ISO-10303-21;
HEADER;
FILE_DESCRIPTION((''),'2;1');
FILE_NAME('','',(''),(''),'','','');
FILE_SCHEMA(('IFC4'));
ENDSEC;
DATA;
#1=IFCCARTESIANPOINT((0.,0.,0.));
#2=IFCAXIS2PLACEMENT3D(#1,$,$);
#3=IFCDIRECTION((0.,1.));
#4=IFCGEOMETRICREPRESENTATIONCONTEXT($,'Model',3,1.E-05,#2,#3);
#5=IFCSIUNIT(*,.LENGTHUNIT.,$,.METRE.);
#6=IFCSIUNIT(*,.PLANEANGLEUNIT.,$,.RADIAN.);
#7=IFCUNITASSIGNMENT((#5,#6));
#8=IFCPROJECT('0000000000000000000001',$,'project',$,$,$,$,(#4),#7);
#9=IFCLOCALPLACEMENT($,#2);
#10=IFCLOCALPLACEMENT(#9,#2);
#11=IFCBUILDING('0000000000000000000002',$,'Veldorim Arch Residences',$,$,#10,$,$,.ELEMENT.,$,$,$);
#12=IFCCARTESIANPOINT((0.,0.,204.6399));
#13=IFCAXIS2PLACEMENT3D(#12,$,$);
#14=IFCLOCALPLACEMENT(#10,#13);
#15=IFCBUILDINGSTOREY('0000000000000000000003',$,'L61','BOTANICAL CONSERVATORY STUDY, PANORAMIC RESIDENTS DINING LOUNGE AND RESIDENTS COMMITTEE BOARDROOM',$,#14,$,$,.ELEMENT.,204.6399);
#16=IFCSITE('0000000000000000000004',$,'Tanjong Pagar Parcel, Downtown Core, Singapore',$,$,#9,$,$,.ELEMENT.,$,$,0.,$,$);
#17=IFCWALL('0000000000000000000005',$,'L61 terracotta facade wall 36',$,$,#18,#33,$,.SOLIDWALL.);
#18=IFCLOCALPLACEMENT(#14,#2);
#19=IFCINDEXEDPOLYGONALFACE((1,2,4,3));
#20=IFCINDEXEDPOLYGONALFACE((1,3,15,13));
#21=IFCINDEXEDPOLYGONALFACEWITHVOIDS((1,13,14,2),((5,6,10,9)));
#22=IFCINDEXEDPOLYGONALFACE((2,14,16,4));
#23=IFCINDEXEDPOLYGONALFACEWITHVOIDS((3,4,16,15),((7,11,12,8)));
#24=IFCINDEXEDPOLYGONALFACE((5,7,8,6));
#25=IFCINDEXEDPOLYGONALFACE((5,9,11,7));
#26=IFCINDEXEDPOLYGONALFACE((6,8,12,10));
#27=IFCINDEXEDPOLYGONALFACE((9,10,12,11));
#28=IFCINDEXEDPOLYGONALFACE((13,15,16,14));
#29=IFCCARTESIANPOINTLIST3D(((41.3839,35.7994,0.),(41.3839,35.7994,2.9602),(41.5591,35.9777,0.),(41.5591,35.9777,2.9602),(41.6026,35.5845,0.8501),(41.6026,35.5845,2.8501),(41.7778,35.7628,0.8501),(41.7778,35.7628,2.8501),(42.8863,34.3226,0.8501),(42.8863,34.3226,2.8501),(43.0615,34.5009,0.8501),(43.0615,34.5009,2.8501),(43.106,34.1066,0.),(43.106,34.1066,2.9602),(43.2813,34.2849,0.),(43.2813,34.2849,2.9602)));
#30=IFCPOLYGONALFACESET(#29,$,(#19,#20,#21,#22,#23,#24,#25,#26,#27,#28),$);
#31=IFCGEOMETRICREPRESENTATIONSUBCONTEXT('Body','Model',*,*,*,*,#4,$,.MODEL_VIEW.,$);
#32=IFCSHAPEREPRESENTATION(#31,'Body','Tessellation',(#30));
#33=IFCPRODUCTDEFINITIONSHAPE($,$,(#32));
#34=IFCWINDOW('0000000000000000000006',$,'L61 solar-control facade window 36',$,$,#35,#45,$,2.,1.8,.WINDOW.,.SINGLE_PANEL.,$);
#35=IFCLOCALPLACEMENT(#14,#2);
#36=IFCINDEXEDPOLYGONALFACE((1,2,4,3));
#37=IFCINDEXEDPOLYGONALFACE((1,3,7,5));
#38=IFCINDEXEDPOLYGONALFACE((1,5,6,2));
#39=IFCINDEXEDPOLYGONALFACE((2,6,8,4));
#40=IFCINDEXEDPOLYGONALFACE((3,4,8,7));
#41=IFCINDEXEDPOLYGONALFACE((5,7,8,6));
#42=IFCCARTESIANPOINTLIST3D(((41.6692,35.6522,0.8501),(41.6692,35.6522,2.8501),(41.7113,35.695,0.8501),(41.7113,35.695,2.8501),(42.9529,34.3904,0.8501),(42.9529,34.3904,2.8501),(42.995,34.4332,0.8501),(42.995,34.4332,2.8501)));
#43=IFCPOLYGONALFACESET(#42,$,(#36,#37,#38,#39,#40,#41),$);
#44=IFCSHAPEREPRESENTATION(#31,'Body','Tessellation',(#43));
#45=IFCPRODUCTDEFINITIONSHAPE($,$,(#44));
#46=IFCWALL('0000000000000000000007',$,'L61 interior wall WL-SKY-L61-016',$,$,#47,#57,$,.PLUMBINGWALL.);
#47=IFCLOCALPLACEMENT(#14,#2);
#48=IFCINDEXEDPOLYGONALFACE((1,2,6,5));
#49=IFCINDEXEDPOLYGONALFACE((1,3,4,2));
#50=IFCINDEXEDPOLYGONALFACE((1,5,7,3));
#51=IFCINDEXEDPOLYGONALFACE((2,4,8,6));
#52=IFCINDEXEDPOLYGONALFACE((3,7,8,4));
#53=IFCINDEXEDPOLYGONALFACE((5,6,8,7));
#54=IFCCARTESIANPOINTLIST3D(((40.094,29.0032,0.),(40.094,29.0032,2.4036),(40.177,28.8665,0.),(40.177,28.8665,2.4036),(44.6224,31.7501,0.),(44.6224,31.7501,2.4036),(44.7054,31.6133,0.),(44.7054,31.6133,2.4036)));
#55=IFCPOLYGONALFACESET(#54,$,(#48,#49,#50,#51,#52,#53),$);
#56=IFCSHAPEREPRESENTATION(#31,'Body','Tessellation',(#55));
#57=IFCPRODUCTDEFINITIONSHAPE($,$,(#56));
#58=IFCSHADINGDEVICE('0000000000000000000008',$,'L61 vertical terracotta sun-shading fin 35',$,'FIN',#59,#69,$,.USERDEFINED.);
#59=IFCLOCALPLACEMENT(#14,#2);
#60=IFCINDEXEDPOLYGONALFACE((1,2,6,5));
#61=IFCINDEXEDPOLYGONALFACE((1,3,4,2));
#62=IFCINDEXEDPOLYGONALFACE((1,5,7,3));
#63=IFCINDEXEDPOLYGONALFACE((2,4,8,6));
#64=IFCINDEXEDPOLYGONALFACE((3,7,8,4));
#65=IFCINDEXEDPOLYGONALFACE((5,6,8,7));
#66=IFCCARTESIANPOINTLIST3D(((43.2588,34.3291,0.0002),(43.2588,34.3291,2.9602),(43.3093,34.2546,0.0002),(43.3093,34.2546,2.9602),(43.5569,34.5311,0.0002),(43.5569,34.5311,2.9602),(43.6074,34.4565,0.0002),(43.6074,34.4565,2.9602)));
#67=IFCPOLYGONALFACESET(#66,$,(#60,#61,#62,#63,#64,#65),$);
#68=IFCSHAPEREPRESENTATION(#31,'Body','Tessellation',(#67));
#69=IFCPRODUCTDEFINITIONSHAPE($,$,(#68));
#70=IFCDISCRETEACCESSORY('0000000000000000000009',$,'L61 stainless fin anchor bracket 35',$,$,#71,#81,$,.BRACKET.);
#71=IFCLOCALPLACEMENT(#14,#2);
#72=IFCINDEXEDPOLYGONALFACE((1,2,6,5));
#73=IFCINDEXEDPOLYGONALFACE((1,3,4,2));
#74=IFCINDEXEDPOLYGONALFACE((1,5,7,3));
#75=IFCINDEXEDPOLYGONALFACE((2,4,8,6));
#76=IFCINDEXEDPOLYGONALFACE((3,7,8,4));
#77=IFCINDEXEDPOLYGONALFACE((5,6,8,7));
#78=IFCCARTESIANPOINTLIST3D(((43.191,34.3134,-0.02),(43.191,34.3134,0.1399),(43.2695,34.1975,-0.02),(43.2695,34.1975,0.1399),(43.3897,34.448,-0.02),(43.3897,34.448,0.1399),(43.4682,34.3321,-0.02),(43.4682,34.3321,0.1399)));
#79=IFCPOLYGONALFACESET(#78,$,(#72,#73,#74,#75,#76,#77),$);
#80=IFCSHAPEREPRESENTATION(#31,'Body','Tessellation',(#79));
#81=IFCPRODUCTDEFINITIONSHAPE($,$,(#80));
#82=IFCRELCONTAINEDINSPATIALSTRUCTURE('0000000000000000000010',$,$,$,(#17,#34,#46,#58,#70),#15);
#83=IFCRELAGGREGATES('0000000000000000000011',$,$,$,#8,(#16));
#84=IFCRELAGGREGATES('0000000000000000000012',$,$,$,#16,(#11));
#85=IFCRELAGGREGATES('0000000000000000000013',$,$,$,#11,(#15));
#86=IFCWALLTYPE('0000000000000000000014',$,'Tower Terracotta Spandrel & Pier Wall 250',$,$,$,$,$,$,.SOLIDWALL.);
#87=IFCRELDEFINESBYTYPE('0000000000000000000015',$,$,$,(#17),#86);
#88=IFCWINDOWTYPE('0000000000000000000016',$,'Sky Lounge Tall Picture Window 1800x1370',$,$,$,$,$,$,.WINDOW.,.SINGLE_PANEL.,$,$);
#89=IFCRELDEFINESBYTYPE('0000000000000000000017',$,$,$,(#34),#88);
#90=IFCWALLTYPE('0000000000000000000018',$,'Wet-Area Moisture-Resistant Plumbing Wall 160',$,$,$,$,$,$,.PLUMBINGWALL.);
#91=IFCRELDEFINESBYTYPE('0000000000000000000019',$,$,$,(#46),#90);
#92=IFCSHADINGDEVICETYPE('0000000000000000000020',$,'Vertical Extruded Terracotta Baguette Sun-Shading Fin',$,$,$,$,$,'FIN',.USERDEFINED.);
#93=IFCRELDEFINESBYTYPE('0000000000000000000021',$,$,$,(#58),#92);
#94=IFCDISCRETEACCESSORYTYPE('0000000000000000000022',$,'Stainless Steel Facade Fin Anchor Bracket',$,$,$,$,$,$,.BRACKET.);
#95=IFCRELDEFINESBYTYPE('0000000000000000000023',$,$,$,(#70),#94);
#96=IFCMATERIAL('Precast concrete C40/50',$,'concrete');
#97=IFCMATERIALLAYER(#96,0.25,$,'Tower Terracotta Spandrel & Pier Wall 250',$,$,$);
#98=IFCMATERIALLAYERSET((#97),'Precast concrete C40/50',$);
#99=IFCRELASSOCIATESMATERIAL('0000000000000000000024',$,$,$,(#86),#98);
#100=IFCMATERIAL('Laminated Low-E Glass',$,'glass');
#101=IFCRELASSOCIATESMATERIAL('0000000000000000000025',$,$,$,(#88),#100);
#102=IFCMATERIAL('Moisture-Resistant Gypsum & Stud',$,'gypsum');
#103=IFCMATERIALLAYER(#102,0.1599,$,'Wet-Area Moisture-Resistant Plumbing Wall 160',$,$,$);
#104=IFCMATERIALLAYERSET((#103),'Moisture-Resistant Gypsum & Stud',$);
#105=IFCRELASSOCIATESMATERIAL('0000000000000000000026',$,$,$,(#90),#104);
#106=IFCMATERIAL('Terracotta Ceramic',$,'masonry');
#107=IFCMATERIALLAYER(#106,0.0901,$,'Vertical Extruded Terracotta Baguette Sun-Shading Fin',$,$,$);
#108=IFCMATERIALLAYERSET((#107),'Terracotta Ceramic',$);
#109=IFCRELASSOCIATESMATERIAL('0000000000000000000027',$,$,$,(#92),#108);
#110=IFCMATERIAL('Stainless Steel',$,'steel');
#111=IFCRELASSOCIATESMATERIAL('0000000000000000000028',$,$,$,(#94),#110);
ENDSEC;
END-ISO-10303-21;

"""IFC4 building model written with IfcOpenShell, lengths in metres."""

from ifc_helpers import new_model, si_unit, direction, frame, frame_2d, origin, origin_2d, place, context, subcontext, project, spatial, rectangle, extrude, material, layer, layer_set, type_object, element, fill, save


model = new_model("IFC4")

# Units and contexts
model_context = context("Model", 3, precision=1e-05, world=origin(), true_north=direction((0.0, 1.0)))
body_context = subcontext(model_context, "Body", "Model", "MODEL_VIEW")
ifc_project = project(units=[si_unit("LENGTHUNIT", "METRE"), si_unit("PLANEANGLEUNIT", "RADIAN")], contexts=[model_context])

# Site, building, storey
site_placement = place(None, origin())
site = spatial("IfcSite", under=ifc_project, at=site_placement, Name="Tanjong Pagar Parcel, Downtown Core, Singapore", CompositionType="ELEMENT", RefElevation=0.0)
building_placement = place(site_placement, origin())
building = spatial("IfcBuilding", under=site, at=building_placement, Name="Veldorim Arch Residences", CompositionType="ELEMENT")
storey_placement = place(building_placement, frame((0.0, 0.0, 204.6399)))
storey = spatial("IfcBuildingStorey", under=building, at=storey_placement, Name="L61", Description="BOTANICAL CONSERVATORY STUDY, PANORAMIC RESIDENTS DINING LOUNGE AND RESIDENTS COMMITTEE BOARDROOM", CompositionType="ELEMENT", Elevation=204.6399)

# Shared definitions
ifc_material_1 = material(Name="Precast concrete C40/50", Category="concrete")
ifc_layer_1 = layer(ifc_material_1, 0.25, Name="Tower Terracotta Spandrel & Pier Wall 250")
ifc_layer_set_1 = layer_set([ifc_layer_1], Name="Precast concrete C40/50")
wall_type_1 = type_object("IfcWallType", Name="Tower Terracotta Spandrel & Pier Wall 250", PredefinedType="SOLIDWALL", material=ifc_layer_set_1)

# Wall, opening, window
wall_1_placement = place(storey_placement, frame((41.4714, 35.8887, 0.0), z_axis=(0.0, 0.0, 1.0), x_axis=(0.713147, -0.701015, 0.0)))
wall_1 = element("IfcWall", 1, at=wall_1_placement, inside=storey, type_object=wall_type_1, Name="L61 terracotta facade wall 36", PredefinedType="SOLIDWALL", context=body_context, shape_type="SweptSolid", body=[
    extrude(rectangle(XDim=2.4148, YDim=0.25, at=frame_2d((1.2075, 0.0))), origin(), (0.0, 0.0, 1.0), 2.9602),
])
opening_1_placement = place(wall_1_placement, frame((0.3069, 0.0, 0.8501)))
opening_1 = element("IfcOpeningElement", 2, at=opening_1_placement, cuts=wall_1, PredefinedType="OPENING", context=body_context, shape_type="SweptSolid", body=[
    extrude(rectangle(XDim=1.8, YDim=2.0, at=frame_2d((0.8999, 1.0))), frame((0.0, 0.135, 0.0), z_axis=(0.0, -1.0, 0.0), x_axis=(1.0, 0.0, 0.0)), (0.0, 0.0, 1.0), 0.27),
])
ifc_material_2 = material(Name="Laminated Low-E Glass", Category="glass")
window_type_1 = type_object("IfcWindowType", Name="Sky Lounge Tall Picture Window 1800x1370", PartitioningType="SINGLE_PANEL", PredefinedType="WINDOW", material=ifc_material_2)
window_1_placement = place(opening_1_placement, origin())
window_1 = element("IfcWindow", 3, at=window_1_placement, inside=storey, type_object=window_type_1, Name="L61 solar-control facade window 36", OverallHeight=2.0, OverallWidth=1.8, PartitioningType="SINGLE_PANEL", PredefinedType="WINDOW", context=body_context, shape_type="SweptSolid", body=[
    extrude(rectangle(XDim=1.8, YDim=2.0, at=frame_2d((0.8999, 1.0))), frame((0.0, 0.03, 0.0), z_axis=(0.0, -1.0, 0.0), x_axis=(1.0, 0.0, 0.0)), (0.0, 0.0, 1.0), 0.0601),
])
fill(opening_1, window_1)

# Wall
ifc_material_3 = material(Name="Moisture-Resistant Gypsum & Stud", Category="gypsum")
ifc_layer_2 = layer(ifc_material_3, 0.1599, Name="Wet-Area Moisture-Resistant Plumbing Wall 160")
ifc_layer_set_2 = layer_set([ifc_layer_2], Name="Moisture-Resistant Gypsum & Stud")
wall_type_2 = type_object("IfcWallType", Name="Wet-Area Moisture-Resistant Plumbing Wall 160", PredefinedType="PLUMBINGWALL", material=ifc_layer_set_2)
wall_2_placement = place(storey_placement, frame((40.1355, 28.9348, 0.0), z_axis=(0.0, 0.0, 1.0), x_axis=(0.854998, 0.518632, 0.0)))
element("IfcWall", 4, at=wall_2_placement, inside=storey, type_object=wall_type_2, Name="L61 interior wall WL-SKY-L61-016", PredefinedType="PLUMBINGWALL", context=body_context, shape_type="SweptSolid", body=[
    extrude(rectangle(XDim=5.2964, YDim=0.1599, at=frame_2d((2.6482, 0.0))), origin(), (0.0, 0.0, 1.0), 2.4036),
])

# Shading device
ifc_material_4 = material(Name="Terracotta Ceramic", Category="masonry")
ifc_layer_3 = layer(ifc_material_4, 0.0901, Name="Vertical Extruded Terracotta Baguette Sun-Shading Fin")
ifc_layer_set_3 = layer_set([ifc_layer_3], Name="Terracotta Ceramic")
shading_device_type = type_object("IfcShadingDeviceType", Name="Vertical Extruded Terracotta Baguette Sun-Shading Fin", ElementType="FIN", PredefinedType="USERDEFINED", material=ifc_layer_set_3)
shading_device_placement = place(storey_placement, frame((43.4331, 34.3928, 0.0002), z_axis=(0.0, 0.0, 1.0), x_axis=(0.560784, -0.827962, 0.0)))
element("IfcShadingDevice", 5, at=shading_device_placement, inside=storey, type_object=shading_device_type, Name="L61 vertical terracotta sun-shading fin 35", ObjectType="FIN", PredefinedType="USERDEFINED", context=body_context, shape_type="SweptSolid", body=[
    extrude(rectangle(XDim=0.0901, YDim=0.3601, at=origin_2d()), origin(), (0.0, 0.0, 1.0), 2.96),
])

# Discrete accessory
ifc_material_5 = material(Name="Stainless Steel", Category="steel")
discrete_accessory_type = type_object("IfcDiscreteAccessoryType", Name="Stainless Steel Facade Fin Anchor Bracket", PredefinedType="BRACKET", material=ifc_material_5)
discrete_accessory_placement = place(storey_placement, frame((43.3296, 34.3228, -0.02), z_axis=(0.0, 0.0, 1.0), x_axis=(0.560784, -0.827962, 0.0)))
element("IfcDiscreteAccessory", 6, at=discrete_accessory_placement, inside=storey, type_object=discrete_accessory_type, Name="L61 stainless fin anchor bracket 35", PredefinedType="BRACKET", context=body_context, shape_type="SweptSolid", body=[
    extrude(rectangle(XDim=0.1399, YDim=0.24, at=origin_2d()), origin(), (0.0, 0.0, 1.0), 0.1599),
])

save(model, "model.ifc")
